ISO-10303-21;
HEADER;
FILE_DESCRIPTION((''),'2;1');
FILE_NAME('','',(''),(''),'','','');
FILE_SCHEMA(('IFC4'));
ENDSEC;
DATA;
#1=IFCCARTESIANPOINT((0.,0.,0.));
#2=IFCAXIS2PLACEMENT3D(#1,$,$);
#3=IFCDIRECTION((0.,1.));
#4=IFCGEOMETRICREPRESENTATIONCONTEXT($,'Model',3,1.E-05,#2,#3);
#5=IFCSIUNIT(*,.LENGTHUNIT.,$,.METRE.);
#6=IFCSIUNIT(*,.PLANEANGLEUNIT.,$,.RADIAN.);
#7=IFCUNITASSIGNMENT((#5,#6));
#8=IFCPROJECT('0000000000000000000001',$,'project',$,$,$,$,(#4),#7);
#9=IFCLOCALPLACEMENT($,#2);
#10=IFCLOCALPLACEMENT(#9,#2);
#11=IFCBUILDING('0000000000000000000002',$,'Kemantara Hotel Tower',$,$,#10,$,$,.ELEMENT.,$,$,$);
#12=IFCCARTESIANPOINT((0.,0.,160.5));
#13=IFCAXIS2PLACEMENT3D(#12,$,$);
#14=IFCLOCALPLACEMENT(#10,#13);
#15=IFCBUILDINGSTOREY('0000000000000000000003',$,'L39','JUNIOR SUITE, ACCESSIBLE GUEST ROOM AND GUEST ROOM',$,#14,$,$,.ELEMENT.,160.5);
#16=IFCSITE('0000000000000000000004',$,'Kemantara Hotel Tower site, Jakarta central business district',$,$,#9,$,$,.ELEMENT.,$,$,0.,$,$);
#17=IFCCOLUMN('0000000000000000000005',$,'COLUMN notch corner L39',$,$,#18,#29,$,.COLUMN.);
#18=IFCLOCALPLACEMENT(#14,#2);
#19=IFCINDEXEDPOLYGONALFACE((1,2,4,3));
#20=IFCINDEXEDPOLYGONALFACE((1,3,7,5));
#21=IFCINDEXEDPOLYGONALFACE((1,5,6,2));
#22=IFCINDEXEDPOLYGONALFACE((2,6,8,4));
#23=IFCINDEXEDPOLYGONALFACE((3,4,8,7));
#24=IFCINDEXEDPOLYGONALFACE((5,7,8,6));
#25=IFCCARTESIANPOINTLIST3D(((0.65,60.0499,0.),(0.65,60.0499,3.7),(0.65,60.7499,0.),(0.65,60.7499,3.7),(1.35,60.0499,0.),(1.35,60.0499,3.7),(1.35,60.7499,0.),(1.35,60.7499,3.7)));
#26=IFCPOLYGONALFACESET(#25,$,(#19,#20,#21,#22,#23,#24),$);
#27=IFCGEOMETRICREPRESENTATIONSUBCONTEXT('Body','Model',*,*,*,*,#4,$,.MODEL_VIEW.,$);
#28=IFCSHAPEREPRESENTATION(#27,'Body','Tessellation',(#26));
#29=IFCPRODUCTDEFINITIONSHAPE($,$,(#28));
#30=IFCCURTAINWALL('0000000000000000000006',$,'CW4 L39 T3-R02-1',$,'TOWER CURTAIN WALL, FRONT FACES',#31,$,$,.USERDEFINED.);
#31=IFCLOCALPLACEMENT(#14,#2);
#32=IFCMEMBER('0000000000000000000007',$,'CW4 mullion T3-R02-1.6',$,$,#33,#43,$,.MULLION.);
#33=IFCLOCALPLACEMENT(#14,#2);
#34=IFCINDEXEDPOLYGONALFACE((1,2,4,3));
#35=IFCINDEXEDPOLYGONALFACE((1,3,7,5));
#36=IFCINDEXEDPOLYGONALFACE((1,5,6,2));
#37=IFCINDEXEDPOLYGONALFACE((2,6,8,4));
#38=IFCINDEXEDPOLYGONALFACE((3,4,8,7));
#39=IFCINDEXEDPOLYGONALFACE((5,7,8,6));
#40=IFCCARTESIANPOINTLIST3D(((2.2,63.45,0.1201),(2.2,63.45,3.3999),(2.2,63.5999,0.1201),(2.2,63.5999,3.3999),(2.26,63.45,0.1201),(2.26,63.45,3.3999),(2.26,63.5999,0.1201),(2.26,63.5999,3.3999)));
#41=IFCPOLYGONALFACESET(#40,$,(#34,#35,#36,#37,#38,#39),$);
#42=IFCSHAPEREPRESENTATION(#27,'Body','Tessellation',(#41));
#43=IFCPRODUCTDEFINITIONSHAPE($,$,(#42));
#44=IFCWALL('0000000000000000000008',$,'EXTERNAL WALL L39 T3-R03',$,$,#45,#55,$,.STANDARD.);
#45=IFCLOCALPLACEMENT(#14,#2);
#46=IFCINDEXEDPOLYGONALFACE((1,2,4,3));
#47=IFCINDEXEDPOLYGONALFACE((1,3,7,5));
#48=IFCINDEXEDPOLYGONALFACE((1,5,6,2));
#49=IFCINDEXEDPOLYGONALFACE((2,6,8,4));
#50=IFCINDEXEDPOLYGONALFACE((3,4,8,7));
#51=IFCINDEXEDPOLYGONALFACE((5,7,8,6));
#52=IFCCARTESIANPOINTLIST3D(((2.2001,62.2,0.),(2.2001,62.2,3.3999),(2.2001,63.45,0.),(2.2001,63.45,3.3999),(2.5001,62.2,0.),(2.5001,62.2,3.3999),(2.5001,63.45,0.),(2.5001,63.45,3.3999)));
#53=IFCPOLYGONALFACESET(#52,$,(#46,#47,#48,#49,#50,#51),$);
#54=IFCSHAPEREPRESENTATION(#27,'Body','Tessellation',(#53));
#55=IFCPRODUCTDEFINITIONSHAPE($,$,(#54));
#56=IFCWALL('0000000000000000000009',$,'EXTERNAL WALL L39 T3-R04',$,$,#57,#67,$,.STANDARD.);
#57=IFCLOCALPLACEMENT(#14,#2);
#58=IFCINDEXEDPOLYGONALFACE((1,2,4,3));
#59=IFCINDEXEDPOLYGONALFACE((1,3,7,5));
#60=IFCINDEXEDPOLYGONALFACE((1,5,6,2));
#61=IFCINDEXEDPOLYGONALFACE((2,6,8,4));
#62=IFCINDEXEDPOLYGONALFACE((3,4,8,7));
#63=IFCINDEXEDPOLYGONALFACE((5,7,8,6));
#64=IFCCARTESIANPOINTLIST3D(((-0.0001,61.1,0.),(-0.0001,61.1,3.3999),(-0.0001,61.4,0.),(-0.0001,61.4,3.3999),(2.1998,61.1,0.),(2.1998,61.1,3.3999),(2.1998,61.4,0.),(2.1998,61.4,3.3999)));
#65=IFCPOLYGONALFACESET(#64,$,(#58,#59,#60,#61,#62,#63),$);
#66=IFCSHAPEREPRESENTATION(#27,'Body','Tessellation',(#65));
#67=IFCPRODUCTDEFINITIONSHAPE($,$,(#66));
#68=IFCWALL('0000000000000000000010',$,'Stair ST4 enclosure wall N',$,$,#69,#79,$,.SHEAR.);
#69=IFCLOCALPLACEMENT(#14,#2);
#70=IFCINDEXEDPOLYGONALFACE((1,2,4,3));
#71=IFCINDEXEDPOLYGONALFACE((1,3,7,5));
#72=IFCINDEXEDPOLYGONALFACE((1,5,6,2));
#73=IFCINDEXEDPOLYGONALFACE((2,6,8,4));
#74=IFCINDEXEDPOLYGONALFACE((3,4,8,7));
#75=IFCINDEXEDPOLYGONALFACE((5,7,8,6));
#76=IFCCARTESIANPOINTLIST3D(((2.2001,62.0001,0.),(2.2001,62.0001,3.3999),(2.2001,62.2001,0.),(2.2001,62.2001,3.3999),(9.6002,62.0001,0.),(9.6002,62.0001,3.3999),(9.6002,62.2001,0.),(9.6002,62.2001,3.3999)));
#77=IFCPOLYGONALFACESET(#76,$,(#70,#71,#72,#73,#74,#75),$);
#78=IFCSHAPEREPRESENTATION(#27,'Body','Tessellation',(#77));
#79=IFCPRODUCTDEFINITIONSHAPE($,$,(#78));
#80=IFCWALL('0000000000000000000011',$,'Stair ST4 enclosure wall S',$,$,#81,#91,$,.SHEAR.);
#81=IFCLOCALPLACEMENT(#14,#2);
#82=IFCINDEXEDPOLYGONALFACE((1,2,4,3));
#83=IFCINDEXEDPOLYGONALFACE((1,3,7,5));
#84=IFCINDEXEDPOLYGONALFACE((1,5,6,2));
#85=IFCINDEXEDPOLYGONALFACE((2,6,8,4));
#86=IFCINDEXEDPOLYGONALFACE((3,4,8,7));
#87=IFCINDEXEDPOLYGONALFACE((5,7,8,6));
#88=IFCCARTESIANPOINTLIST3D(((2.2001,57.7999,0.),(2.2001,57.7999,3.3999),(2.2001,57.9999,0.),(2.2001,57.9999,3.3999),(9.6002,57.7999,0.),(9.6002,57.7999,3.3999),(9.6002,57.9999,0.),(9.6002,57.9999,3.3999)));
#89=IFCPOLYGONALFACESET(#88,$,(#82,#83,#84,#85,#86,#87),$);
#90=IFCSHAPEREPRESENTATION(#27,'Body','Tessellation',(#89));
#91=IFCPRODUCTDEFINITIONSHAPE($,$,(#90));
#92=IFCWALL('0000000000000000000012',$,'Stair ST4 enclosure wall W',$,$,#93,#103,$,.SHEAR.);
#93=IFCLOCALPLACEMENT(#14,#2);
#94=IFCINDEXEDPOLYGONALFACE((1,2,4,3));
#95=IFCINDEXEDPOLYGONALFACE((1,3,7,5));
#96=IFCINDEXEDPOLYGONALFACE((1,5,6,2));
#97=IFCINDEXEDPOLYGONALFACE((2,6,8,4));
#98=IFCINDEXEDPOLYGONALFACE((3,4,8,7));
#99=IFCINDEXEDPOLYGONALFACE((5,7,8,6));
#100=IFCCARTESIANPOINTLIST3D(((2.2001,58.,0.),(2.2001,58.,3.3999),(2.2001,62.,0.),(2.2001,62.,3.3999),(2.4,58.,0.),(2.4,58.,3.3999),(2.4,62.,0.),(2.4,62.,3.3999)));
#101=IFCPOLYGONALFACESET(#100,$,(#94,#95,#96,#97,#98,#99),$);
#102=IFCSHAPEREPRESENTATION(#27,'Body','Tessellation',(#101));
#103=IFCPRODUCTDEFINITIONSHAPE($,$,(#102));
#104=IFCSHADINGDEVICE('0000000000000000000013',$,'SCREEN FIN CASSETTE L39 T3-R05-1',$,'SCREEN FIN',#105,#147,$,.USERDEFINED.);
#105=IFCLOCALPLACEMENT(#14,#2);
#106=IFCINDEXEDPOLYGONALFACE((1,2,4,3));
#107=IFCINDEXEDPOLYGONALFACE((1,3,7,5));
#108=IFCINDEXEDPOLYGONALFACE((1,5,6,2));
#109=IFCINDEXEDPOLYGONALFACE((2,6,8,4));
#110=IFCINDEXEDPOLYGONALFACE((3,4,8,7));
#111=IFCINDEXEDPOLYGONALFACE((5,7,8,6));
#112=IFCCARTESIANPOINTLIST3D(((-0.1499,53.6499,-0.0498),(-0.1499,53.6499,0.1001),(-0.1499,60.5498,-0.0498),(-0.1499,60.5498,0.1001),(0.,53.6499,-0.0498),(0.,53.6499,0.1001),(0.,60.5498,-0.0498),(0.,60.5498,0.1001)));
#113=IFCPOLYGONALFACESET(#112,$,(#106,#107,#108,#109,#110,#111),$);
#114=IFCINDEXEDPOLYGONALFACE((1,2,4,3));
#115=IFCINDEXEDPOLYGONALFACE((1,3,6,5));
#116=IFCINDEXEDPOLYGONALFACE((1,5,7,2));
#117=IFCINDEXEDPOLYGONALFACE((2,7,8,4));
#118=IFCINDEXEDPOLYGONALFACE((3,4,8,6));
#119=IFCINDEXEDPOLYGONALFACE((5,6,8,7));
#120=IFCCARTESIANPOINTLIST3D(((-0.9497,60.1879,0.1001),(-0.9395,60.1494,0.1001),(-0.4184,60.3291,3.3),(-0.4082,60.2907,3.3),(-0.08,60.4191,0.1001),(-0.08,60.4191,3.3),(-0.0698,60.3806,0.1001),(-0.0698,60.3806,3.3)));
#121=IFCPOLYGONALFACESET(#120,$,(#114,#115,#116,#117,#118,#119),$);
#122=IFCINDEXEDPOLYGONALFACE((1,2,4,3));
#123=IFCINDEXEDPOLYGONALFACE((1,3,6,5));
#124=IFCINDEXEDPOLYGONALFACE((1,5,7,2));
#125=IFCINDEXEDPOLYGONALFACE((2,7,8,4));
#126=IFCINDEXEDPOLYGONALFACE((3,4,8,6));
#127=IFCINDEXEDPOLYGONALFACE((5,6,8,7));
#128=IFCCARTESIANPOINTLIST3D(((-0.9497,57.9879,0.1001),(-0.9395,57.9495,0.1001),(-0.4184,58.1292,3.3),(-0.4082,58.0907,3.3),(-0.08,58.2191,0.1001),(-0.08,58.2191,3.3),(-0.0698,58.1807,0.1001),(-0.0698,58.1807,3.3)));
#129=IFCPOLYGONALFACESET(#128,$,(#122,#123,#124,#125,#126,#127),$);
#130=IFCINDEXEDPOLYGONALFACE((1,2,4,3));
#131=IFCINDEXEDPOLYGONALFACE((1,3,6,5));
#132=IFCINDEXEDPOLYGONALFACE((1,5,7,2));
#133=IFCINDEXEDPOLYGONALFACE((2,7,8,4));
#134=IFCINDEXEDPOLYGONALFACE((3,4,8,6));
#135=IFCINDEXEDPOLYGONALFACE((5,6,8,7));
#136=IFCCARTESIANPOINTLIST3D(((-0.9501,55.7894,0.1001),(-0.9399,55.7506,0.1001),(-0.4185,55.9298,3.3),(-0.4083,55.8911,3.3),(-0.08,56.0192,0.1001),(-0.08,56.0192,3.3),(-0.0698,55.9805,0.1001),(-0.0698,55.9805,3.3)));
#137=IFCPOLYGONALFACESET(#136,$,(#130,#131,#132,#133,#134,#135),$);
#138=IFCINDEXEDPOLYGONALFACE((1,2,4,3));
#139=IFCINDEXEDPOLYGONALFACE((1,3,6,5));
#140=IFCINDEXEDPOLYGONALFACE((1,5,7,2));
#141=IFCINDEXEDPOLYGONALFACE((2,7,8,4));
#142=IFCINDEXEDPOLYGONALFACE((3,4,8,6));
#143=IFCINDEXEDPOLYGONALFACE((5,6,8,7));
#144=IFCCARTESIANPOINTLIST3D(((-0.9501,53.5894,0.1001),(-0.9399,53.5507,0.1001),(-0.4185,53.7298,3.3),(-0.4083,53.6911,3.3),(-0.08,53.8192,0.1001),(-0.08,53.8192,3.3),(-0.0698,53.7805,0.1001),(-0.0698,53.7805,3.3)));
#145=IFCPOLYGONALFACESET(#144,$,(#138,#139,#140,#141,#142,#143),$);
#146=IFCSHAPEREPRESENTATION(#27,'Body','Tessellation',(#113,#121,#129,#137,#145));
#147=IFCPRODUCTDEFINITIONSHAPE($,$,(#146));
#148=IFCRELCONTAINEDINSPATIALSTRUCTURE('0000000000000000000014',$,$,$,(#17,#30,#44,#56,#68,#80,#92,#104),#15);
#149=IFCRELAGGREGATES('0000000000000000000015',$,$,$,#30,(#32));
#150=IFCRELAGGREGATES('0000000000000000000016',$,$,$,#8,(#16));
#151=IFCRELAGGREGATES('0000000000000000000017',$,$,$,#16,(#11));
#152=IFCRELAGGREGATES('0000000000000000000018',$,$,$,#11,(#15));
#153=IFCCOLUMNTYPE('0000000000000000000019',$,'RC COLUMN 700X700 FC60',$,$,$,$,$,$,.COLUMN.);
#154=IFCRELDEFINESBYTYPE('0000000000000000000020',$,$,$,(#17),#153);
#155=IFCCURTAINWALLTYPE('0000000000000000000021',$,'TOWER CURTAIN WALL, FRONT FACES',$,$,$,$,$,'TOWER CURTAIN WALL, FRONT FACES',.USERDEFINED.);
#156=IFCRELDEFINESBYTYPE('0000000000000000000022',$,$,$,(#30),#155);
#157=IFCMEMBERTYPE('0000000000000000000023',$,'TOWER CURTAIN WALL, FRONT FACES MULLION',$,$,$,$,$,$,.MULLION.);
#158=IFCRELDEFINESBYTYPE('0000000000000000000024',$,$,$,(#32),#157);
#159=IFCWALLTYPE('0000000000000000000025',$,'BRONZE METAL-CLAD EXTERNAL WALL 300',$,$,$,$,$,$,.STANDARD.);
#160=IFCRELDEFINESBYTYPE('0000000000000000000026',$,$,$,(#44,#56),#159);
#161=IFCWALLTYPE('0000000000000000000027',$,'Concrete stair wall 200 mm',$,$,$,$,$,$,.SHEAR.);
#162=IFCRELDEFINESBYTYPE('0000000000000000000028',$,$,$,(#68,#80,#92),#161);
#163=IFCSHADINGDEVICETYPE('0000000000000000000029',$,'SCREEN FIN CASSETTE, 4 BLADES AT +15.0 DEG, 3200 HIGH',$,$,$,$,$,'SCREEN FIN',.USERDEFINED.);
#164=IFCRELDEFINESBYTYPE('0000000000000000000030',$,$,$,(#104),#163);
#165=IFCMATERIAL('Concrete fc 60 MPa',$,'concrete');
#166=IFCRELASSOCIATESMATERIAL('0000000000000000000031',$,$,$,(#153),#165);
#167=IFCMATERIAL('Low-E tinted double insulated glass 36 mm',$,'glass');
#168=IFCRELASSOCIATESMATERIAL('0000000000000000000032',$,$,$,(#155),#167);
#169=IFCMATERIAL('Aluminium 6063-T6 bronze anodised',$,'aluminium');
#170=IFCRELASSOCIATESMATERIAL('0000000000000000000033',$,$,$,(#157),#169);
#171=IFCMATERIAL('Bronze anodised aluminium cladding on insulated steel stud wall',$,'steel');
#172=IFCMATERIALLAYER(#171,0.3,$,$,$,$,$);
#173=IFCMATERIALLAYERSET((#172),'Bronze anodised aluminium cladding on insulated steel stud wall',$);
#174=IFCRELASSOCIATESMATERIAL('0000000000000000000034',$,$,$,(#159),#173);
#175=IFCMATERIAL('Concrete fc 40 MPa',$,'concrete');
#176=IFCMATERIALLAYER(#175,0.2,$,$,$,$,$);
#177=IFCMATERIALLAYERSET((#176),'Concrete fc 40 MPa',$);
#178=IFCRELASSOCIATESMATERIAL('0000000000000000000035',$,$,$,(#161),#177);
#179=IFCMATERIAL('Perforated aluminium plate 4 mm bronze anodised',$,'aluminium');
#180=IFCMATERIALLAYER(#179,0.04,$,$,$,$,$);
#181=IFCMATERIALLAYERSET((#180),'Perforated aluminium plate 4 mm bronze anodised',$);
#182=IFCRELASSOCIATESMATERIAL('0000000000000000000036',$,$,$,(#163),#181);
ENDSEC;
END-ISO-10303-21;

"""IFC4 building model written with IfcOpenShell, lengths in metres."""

from ifc_helpers import new_model, si_unit, direction, frame, frame_2d, origin, origin_2d, place, context, subcontext, project, spatial, polyline, rectangle, outline, extrude, source, transform, mapped, material, layer, layer_set, material_profile, profile_set, type_object, element, aggregate, save


model = new_model("IFC4")

# Units and contexts
model_context = context("Model", 3, precision=1e-05, world=origin(), true_north=direction((0.0, 1.0)))
body_context = subcontext(model_context, "Body", "Model", "MODEL_VIEW")
ifc_project = project(units=[si_unit("LENGTHUNIT", "METRE"), si_unit("PLANEANGLEUNIT", "RADIAN")], contexts=[model_context])

# Site, building, storey
site_placement = place(None, origin())
site = spatial("IfcSite", under=ifc_project, at=site_placement, Name="Kemantara Hotel Tower site, Jakarta central business district", CompositionType="ELEMENT", RefElevation=0.0)
building_placement = place(site_placement, origin())
building = spatial("IfcBuilding", under=site, at=building_placement, Name="Kemantara Hotel Tower", CompositionType="ELEMENT")
storey_placement = place(building_placement, frame((0.0, 0.0, 160.5)))
storey = spatial("IfcBuildingStorey", under=building, at=storey_placement, Name="L39", Description="JUNIOR SUITE, ACCESSIBLE GUEST ROOM AND GUEST ROOM", CompositionType="ELEMENT", Elevation=160.5)

# Column
ifc_material_1 = material(Name="Concrete fc 60 MPa", Category="concrete")
ifc_material_profile_1 = material_profile(ifc_material_1, rectangle(XDim=0.7, YDim=0.7, at=origin_2d()), Name="RC 700X700")
ifc_profile_set_1 = profile_set([ifc_material_profile_1], Name="Concrete fc 60 MPa")
column_type = type_object("IfcColumnType", Name="RC COLUMN 700X700 FC60", PredefinedType="COLUMN", material=ifc_profile_set_1)
column_placement = place(storey_placement, frame((1.0, 60.3999, 0.0), z_axis=(0.0, 0.0, 1.0), x_axis=(1.0, 0.0, 0.0)))
element("IfcColumn", 1, at=column_placement, inside=storey, type_object=column_type, Name="COLUMN notch corner L39", PredefinedType="COLUMN", context=body_context, shape_type="SweptSolid", body=[
    extrude(rectangle(XDim=0.7, YDim=0.7, at=origin_2d()), origin(), (0.0, 0.0, 1.0), 3.7),
])

# Curtain wall, member
ifc_material_2 = material(Name="Low-E tinted double insulated glass 36 mm", Category="glass")
curtain_wall_type = type_object("IfcCurtainWallType", Name="TOWER CURTAIN WALL, FRONT FACES", ElementType="TOWER CURTAIN WALL, FRONT FACES", PredefinedType="USERDEFINED", material=ifc_material_2)
curtain_wall_placement = place(storey_placement, origin())
curtain_wall = element("IfcCurtainWall", 2, at=curtain_wall_placement, inside=storey, type_object=curtain_wall_type, Name="CW4 L39 T3-R02-1", ObjectType="TOWER CURTAIN WALL, FRONT FACES", PredefinedType="USERDEFINED")
ifc_material_3 = material(Name="Aluminium 6063-T6 bronze anodised", Category="aluminium")
ifc_material_profile_2 = material_profile(ifc_material_3, rectangle(XDim=0.1499, YDim=0.0601, at=origin_2d()), Name="TOWER CURTAIN WALL, FRONT FACES MULLION")
ifc_profile_set_2 = profile_set([ifc_material_profile_2], Name="Aluminium 6063-T6 bronze anodised")
member_type = type_object("IfcMemberType", Name="TOWER CURTAIN WALL, FRONT FACES MULLION", PredefinedType="MULLION", material=ifc_profile_set_2)
shared_shape_1 = source(origin(), body_context, "Body", "SweptSolid", [
    extrude(rectangle(XDim=0.1499, YDim=0.0601, at=origin_2d()), origin(), (0.0, 0.0, 1.0), 3.2798),
])
member_placement = place(storey_placement, frame((2.23, 63.5249, 0.1201), z_axis=(0.0, 0.0, 1.0), x_axis=(0.0, -1.0, 0.0)))
member = element("IfcMember", 3, at=member_placement, type_object=member_type, Name="CW4 mullion T3-R02-1.6", PredefinedType="MULLION", context=body_context, shape_type="MappedRepresentation", body=[
    mapped(shared_shape_1, transform((0.0, 0.0, 0.0))),
])
aggregate(curtain_wall, [member])

# Walls
ifc_material_4 = material(Name="Bronze anodised aluminium cladding on insulated steel stud wall", Category="steel")
ifc_layer_1 = layer(ifc_material_4, 0.3)
ifc_layer_set_1 = layer_set([ifc_layer_1], Name="Bronze anodised aluminium cladding on insulated steel stud wall")
wall_type_1 = type_object("IfcWallType", Name="BRONZE METAL-CLAD EXTERNAL WALL 300", PredefinedType="STANDARD", material=ifc_layer_set_1)
wall_1_placement = place(storey_placement, frame((2.3501, 63.45, 0.0), z_axis=(0.0, 0.0, 1.0), x_axis=(0.0, -1.0, 0.0)))
element("IfcWall", 4, at=wall_1_placement, inside=storey, type_object=wall_type_1, Name="EXTERNAL WALL L39 T3-R03", PredefinedType="STANDARD", context=body_context, shape_type="SweptSolid", body=[
    extrude(rectangle(XDim=1.25, YDim=0.3, at=frame_2d((0.625, 0.0))), origin(), (0.0, 0.0, 1.0), 3.3999),
])
wall_2_placement = place(storey_placement, frame((2.2, 61.25, 0.0), z_axis=(0.0, 0.0, 1.0), x_axis=(-1.0, 0.0, 0.0)))
element("IfcWall", 5, at=wall_2_placement, inside=storey, type_object=wall_type_1, Name="EXTERNAL WALL L39 T3-R04", PredefinedType="STANDARD", context=body_context, shape_type="SweptSolid", body=[
    extrude(rectangle(XDim=2.2, YDim=0.3, at=frame_2d((1.1001, 0.0))), origin(), (0.0, 0.0, 1.0), 3.3999),
])

# Walls
ifc_material_5 = material(Name="Concrete fc 40 MPa", Category="concrete")
ifc_layer_2 = layer(ifc_material_5, 0.2)
ifc_layer_set_2 = layer_set([ifc_layer_2], Name="Concrete fc 40 MPa")
wall_type_2 = type_object("IfcWallType", Name="Concrete stair wall 200 mm", PredefinedType="SHEAR", material=ifc_layer_set_2)
for number, where, z_axis, x_axis, name in (
    (6, (2.2, 62.1001, 0.0), (0.0, 0.0, 1.0), (1.0, 0.0, 0.0), "Stair ST4 enclosure wall N"),
    (7, (2.2, 57.8999, 0.0), (0.0, 0.0, 1.0), (1.0, 0.0, 0.0), "Stair ST4 enclosure wall S"),
):
    element("IfcWall", number, at=place(storey_placement, frame(where, z_axis=z_axis, x_axis=x_axis)), inside=storey, type_object=wall_type_2, Name=name, PredefinedType="SHEAR", context=body_context, shape_type="SweptSolid", body=[
        extrude(rectangle(XDim=7.4001, YDim=0.2, at=frame_2d((3.7002, 0.0))), origin(), (0.0, 0.0, 1.0), 3.3999),
    ])
wall_3_placement = place(storey_placement, frame((2.3, 58.0, 0.0), z_axis=(0.0, 0.0, 1.0), x_axis=(0.0, 1.0, 0.0)))
element("IfcWall", 8, at=wall_3_placement, inside=storey, type_object=wall_type_2, Name="Stair ST4 enclosure wall W", PredefinedType="SHEAR", context=body_context, shape_type="SweptSolid", body=[
    extrude(rectangle(XDim=4.0, YDim=0.2, at=frame_2d((2.0, 0.0))), origin(), (0.0, 0.0, 1.0), 3.3999),
])

# Shading device
ifc_material_6 = material(Name="Perforated aluminium plate 4 mm bronze anodised", Category="aluminium")
ifc_layer_3 = layer(ifc_material_6, 0.04)
ifc_layer_set_3 = layer_set([ifc_layer_3], Name="Perforated aluminium plate 4 mm bronze anodised")
shading_device_type = type_object("IfcShadingDeviceType", Name="SCREEN FIN CASSETTE, 4 BLADES AT +15.0 DEG, 3200 HIGH", ElementType="SCREEN FIN", PredefinedType="USERDEFINED", material=ifc_layer_set_3)
shared_shape_2 = source(origin(), body_context, "Body", "SweptSolid", [
    extrude(rectangle(XDim=6.8999, YDim=0.1499, at=origin_2d()), frame((3.3, -0.075, -0.1499), z_axis=(0.0, 0.0, 1.0), x_axis=(1.0, 0.0, 0.0)), (0.0, 0.0, 1.0), 0.1499),
    extrude(outline(polyline([(0.0, 0.0), (0.8999, 0.0), (0.3501, 3.2), (0.0, 3.2), (0.0, 0.0)])), frame((0.0193, -0.0698, 0.0), z_axis=(-0.966438, -0.256901, 0.0), x_axis=(0.256901, -0.966438, 0.0)), (0.0, 0.0, 1.0), 0.0398),
    extrude(outline(polyline([(0.0, 0.0), (0.8999, 0.0), (0.3501, 3.2), (0.0, 3.2), (0.0, 0.0)])), frame((2.2192, -0.0698, 0.0), z_axis=(-0.966438, -0.256901, 0.0), x_axis=(0.256901, -0.966438, 0.0)), (0.0, 0.0, 1.0), 0.0398),
    extrude(outline(polyline([(0.0, 0.0), (0.8999, 0.0), (0.3501, 3.2), (0.0, 3.2), (0.0, 0.0)])), frame((4.4194, -0.0698, 0.0), z_axis=(-0.966838, -0.255391, 0.0), x_axis=(0.255391, -0.966838, 0.0)), (0.0, 0.0, 1.0), 0.04),
    extrude(outline(polyline([(0.0, 0.0), (0.8999, 0.0), (0.3501, 3.2), (0.0, 3.2), (0.0, 0.0)])), frame((6.6194, -0.0698, 0.0), z_axis=(-0.966838, -0.255391, 0.0), x_axis=(0.255391, -0.966838, 0.0)), (0.0, 0.0, 1.0), 0.04),
])
shading_device_placement = place(storey_placement, frame((0.0, 60.3999, 0.1001), z_axis=(0.0, 0.0, 1.0), x_axis=(0.0, -1.0, 0.0)))
element("IfcShadingDevice", 9, at=shading_device_placement, inside=storey, type_object=shading_device_type, Name="SCREEN FIN CASSETTE L39 T3-R05-1", ObjectType="SCREEN FIN", PredefinedType="USERDEFINED", context=body_context, shape_type="MappedRepresentation", body=[
    mapped(shared_shape_2, transform((0.0, 0.0, 0.0))),
])

save(model, "model.ifc")
